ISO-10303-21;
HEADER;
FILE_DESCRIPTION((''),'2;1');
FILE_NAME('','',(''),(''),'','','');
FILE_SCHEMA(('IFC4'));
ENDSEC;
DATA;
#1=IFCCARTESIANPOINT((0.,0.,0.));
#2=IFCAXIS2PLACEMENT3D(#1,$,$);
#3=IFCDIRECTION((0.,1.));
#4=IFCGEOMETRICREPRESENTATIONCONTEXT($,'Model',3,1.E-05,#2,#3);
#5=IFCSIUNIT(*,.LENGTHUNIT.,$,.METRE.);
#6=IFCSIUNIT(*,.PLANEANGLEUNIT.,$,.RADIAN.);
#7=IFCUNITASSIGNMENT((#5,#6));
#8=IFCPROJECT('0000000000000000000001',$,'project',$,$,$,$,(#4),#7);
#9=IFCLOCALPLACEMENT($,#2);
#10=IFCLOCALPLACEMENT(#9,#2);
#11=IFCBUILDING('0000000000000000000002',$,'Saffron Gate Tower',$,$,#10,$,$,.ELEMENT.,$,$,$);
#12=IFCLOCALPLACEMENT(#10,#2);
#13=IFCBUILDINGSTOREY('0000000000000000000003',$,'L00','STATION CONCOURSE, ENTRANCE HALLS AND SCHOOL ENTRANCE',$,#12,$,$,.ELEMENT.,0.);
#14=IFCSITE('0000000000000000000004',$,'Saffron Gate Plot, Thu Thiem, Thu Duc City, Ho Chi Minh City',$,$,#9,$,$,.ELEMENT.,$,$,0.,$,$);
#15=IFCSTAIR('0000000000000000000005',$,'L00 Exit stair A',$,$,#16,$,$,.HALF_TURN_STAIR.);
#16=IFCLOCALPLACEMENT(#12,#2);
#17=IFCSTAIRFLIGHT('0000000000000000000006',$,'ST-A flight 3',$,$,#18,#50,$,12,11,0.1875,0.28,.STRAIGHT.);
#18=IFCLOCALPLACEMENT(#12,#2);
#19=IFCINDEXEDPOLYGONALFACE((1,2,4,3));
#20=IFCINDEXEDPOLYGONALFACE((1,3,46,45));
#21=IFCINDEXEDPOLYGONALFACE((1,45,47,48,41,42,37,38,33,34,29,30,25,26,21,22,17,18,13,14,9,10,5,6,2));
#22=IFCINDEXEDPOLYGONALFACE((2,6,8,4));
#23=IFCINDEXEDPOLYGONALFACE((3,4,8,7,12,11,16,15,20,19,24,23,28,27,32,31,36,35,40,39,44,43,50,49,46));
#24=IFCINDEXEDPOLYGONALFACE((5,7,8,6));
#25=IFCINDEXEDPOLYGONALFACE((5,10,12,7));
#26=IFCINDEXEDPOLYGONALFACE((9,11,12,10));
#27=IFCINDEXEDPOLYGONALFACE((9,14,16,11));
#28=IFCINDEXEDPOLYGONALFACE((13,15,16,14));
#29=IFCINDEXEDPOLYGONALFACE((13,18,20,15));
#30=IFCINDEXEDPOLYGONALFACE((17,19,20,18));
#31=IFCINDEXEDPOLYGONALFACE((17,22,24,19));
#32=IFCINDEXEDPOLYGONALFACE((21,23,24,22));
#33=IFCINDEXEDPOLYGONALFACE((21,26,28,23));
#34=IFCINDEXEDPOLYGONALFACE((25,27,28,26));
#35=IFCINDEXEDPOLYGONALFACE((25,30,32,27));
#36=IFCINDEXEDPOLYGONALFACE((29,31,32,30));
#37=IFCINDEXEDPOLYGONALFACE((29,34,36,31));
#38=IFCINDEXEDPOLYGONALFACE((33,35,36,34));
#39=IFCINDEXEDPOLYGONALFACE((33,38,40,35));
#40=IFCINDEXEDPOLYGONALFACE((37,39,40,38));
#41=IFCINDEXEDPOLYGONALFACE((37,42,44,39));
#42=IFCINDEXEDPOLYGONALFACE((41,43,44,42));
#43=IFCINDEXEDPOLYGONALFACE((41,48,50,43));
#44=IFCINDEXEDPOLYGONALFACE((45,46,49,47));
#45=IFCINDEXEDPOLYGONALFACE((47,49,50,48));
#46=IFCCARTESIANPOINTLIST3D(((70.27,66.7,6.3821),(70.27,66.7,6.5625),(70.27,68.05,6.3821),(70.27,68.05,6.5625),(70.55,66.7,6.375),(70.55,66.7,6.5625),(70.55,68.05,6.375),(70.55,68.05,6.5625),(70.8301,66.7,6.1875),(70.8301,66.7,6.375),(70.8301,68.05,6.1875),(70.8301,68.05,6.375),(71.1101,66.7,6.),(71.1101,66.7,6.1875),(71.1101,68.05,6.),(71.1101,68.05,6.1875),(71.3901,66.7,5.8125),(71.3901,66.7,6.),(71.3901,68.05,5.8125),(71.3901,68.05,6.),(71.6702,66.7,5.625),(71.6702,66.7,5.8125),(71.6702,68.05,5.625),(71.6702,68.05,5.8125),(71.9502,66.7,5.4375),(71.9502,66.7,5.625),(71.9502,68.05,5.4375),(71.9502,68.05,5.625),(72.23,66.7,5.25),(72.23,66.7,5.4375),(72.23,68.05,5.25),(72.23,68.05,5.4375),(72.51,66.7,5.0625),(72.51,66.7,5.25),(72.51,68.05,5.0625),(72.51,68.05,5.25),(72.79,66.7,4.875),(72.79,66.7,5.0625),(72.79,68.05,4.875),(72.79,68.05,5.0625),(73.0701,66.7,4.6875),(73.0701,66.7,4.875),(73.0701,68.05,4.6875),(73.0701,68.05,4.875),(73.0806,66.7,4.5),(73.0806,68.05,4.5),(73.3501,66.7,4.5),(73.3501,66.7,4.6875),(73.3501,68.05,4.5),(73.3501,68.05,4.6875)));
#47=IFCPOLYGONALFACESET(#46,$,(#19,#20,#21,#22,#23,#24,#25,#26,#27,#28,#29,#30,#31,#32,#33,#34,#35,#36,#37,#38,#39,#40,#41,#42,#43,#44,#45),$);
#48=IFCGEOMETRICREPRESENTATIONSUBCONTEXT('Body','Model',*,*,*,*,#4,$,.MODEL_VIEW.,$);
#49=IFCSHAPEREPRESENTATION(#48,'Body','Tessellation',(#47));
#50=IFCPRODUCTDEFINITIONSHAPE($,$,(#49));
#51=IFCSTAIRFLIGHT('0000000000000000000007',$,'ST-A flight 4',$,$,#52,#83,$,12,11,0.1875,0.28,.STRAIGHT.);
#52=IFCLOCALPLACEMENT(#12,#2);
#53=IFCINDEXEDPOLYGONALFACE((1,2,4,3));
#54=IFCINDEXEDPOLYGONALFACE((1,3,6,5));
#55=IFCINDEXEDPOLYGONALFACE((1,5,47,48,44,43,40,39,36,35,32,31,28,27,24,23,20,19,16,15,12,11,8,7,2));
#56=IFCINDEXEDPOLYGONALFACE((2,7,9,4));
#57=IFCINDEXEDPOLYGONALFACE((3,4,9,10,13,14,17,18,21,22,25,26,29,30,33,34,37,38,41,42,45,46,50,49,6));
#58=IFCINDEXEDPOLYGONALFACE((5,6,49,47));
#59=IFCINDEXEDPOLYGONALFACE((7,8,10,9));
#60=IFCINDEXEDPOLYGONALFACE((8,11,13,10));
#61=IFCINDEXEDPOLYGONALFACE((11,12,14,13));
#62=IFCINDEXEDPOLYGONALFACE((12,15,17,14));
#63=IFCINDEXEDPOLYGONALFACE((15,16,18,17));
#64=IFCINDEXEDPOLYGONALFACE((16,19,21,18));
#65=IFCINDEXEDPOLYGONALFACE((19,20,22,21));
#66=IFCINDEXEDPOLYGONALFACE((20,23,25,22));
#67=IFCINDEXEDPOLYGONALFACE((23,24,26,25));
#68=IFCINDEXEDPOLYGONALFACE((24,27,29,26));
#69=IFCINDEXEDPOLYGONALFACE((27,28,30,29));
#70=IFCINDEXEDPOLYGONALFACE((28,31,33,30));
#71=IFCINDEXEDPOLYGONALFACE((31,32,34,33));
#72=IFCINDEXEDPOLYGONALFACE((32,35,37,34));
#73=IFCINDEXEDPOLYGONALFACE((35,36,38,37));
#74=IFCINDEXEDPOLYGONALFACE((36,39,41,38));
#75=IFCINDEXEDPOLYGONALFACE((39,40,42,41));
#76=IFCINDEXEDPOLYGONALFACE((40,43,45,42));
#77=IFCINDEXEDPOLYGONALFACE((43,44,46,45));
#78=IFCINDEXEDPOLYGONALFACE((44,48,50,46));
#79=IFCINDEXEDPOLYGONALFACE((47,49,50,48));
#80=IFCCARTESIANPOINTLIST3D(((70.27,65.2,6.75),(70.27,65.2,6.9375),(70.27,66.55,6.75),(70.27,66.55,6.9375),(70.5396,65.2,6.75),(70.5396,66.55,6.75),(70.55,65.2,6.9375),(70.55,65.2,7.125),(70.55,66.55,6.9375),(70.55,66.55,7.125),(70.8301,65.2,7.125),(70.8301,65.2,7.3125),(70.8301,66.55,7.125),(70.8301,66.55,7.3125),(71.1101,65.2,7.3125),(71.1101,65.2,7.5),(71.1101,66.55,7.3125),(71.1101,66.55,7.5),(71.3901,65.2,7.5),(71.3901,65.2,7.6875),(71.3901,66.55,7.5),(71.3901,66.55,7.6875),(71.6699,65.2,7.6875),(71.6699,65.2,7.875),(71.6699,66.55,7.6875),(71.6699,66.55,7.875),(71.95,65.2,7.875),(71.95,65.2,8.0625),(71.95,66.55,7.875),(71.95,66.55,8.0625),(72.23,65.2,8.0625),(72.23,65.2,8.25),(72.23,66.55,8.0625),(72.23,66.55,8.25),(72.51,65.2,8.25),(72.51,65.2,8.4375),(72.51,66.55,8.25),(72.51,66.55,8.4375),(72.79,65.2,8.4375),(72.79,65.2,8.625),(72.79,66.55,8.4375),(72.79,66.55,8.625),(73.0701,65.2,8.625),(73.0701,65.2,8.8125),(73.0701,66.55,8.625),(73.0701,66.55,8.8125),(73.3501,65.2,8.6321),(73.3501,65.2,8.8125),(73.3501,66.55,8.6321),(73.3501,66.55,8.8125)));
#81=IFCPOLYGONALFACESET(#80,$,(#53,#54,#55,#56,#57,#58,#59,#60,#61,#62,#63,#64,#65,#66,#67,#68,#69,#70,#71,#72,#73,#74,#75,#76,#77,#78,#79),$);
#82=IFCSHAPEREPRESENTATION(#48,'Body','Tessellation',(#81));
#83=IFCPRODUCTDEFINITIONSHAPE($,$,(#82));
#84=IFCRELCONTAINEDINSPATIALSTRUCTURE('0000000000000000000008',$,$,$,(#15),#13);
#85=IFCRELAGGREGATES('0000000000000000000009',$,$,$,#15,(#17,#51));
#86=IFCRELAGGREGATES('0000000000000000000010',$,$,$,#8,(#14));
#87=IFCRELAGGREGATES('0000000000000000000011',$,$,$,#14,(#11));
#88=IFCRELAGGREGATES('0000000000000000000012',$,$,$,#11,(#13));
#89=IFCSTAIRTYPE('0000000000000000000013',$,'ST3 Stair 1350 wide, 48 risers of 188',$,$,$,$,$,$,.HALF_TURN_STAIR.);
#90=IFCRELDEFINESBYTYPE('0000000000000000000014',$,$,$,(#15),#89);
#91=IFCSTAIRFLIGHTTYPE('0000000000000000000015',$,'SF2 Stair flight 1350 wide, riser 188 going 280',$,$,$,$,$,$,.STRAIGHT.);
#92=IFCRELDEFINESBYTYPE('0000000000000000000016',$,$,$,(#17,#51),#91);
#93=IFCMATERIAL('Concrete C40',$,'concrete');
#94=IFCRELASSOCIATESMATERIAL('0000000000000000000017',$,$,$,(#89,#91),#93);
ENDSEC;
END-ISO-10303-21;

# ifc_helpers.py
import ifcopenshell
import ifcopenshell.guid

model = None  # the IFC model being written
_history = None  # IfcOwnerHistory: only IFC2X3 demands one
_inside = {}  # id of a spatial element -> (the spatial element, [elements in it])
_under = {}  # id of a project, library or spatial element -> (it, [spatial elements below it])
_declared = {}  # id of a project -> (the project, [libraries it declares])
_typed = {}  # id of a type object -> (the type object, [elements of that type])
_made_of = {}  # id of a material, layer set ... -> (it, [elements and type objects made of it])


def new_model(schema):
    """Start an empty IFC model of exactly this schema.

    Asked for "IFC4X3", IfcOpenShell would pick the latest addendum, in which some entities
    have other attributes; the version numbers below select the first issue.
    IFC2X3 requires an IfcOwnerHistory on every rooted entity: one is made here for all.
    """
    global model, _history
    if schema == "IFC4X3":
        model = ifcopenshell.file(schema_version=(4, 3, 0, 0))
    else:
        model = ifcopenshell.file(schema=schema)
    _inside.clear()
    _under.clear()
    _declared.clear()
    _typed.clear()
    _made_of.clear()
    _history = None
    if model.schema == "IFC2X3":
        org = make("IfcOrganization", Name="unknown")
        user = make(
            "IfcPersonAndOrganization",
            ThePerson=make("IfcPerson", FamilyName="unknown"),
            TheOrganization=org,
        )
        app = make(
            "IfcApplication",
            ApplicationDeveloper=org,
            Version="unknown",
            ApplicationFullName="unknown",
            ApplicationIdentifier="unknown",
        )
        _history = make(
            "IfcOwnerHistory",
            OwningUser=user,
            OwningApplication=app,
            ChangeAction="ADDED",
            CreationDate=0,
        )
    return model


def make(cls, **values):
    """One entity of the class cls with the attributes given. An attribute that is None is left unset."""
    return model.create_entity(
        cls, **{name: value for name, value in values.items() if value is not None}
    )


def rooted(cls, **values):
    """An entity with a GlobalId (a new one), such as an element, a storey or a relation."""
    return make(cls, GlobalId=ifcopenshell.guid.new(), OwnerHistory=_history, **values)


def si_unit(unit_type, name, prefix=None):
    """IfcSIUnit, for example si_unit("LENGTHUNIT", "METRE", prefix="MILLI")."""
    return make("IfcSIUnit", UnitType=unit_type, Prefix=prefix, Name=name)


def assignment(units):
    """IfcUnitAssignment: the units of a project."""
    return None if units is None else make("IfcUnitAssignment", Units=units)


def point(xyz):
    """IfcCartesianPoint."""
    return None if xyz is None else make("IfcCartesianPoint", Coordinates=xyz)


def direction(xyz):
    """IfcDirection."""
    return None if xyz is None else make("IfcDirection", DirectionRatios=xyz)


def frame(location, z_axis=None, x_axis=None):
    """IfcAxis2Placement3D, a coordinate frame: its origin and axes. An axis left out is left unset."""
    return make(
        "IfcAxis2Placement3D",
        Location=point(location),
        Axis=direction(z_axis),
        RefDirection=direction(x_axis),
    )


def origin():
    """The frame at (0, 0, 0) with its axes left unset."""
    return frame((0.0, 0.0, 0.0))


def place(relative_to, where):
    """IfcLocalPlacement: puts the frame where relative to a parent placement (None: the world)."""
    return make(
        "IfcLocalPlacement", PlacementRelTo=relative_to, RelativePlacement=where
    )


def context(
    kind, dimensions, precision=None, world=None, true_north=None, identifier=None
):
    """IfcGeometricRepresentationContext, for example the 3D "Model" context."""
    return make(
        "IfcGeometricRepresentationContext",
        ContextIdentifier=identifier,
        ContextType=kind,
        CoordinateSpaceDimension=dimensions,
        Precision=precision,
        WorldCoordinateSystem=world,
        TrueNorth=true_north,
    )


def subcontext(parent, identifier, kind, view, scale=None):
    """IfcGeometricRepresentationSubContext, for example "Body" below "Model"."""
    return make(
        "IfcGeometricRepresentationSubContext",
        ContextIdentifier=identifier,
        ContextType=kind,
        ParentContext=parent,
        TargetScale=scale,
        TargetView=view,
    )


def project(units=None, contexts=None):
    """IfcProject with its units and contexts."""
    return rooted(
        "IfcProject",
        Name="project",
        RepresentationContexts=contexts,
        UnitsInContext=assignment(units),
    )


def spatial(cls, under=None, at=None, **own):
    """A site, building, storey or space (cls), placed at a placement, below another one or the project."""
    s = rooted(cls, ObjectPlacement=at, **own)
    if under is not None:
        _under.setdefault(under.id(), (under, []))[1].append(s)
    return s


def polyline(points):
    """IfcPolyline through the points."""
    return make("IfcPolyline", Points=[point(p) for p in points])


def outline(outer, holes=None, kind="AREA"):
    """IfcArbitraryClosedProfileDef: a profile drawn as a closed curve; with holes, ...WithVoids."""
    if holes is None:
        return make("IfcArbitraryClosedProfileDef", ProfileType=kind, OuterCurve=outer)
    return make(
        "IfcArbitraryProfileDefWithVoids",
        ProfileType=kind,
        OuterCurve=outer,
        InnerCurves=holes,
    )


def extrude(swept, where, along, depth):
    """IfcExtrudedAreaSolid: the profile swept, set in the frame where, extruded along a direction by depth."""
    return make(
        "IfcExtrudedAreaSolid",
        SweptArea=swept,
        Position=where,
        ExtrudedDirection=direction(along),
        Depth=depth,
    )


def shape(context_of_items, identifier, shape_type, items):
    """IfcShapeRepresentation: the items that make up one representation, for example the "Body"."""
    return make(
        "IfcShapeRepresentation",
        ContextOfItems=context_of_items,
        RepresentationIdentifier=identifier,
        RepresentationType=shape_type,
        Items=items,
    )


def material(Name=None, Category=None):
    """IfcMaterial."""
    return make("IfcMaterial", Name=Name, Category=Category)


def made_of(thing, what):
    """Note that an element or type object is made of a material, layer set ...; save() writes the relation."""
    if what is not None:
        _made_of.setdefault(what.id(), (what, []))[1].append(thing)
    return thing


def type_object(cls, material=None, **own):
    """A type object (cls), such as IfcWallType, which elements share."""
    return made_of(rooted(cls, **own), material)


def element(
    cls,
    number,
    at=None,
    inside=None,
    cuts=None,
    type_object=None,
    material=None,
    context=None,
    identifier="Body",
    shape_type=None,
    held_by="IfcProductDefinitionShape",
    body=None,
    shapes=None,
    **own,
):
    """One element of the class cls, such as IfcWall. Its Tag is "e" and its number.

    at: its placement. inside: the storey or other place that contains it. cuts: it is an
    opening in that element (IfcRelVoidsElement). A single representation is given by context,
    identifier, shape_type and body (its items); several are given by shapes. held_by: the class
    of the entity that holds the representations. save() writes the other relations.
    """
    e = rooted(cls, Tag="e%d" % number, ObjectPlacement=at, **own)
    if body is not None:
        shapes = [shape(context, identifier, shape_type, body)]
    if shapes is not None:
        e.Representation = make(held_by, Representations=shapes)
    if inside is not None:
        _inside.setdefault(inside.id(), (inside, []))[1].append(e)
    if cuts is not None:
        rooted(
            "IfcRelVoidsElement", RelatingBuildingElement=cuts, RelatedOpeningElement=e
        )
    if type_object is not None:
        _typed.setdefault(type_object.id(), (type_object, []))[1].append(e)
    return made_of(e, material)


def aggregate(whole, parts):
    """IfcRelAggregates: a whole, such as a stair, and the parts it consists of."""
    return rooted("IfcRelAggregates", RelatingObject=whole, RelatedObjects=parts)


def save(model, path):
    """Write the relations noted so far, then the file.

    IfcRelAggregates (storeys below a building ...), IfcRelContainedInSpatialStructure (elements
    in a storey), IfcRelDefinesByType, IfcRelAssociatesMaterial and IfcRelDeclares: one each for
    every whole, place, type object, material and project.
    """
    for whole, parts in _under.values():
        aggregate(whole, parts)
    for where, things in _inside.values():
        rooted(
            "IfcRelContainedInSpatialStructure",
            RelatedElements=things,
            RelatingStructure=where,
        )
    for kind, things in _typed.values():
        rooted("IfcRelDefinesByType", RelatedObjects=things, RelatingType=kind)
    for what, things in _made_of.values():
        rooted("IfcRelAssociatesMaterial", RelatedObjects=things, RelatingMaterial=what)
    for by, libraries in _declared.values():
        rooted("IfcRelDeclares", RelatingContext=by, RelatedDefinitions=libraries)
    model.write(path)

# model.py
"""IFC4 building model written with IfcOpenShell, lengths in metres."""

from ifc_helpers import new_model, si_unit, direction, frame, origin, place, context, subcontext, project, spatial, polyline, outline, extrude, material, type_object, element, aggregate, save


model = new_model("IFC4")

# Units and contexts
model_context = context("Model", 3, precision=1e-05, world=origin(), true_north=direction((0.0, 1.0)))
body_context = subcontext(model_context, "Body", "Model", "MODEL_VIEW")
ifc_project = project(units=[si_unit("LENGTHUNIT", "METRE"), si_unit("PLANEANGLEUNIT", "RADIAN")], contexts=[model_context])

# Site, building, storey
site_placement = place(None, origin())
site = spatial("IfcSite", under=ifc_project, at=site_placement, Name="Saffron Gate Plot, Thu Thiem, Thu Duc City, Ho Chi Minh City", CompositionType="ELEMENT", RefElevation=0.0)
building_placement = place(site_placement, origin())
building = spatial("IfcBuilding", under=site, at=building_placement, Name="Saffron Gate Tower", CompositionType="ELEMENT")
storey_placement = place(building_placement, origin())
storey = spatial("IfcBuildingStorey", under=building, at=storey_placement, Name="L00", Description="STATION CONCOURSE, ENTRANCE HALLS AND SCHOOL ENTRANCE", CompositionType="ELEMENT", Elevation=0.0)

# Stair, stair flights
ifc_material_1 = material(Name="Concrete C40", Category="concrete")
stair_type = type_object("IfcStairType", Name="ST3 Stair 1350 wide, 48 risers of 188", PredefinedType="HALF_TURN_STAIR", material=ifc_material_1)
stair_placement = place(storey_placement, origin())
stair = element("IfcStair", 1, at=stair_placement, inside=storey, type_object=stair_type, Name="L00 Exit stair A", PredefinedType="HALF_TURN_STAIR")
stair_flight_type = type_object("IfcStairFlightType", Name="SF2 Stair flight 1350 wide, riser 188 going 280", PredefinedType="STRAIGHT", material=ifc_material_1)
stair_flight_1_placement = place(storey_placement, frame((73.3501, 67.375, 4.5), z_axis=(0.0, 0.0, 1.0), x_axis=(-1.0, 0.0, 0.0)))
stair_flight_1 = element("IfcStairFlight", 2, at=stair_flight_1_placement, type_object=stair_flight_type, Name="ST-A flight 3", NumberOfRisers=12, NumberOfTreads=11, PredefinedType="STRAIGHT", RiserHeight=0.1875, TreadLength=0.28, context=body_context, shape_type="SweptSolid", body=[
    extrude(outline(polyline([(0.0, 0.0), (0.0, 0.1875), (0.28, 0.1875), (0.28, 0.375), (0.5601, 0.375), (0.5601, 0.5625), (0.8401, 0.5625), (0.8401, 0.75), (1.1201, 0.75), (1.1201, 0.9375), (1.3999, 0.9375), (1.3999, 1.125), (1.6799, 1.125), (1.6799, 1.3125), (1.96, 1.3125), (1.96, 1.5), (2.24, 1.5), (2.24, 1.6875), (2.52, 1.6875), (2.52, 1.875), (2.8, 1.875), (2.8, 2.0625), (3.0801, 2.0625), (3.0801, 2.25), (3.0801, 1.8821), (0.2695, 0.0), (0.0, 0.0)])), frame((0.0, 0.675, 0.0), z_axis=(0.0, -1.0, 0.0), x_axis=(1.0, 0.0, 0.0)), (0.0, 0.0, 1.0), 1.3501),
])
stair_flight_2_placement = place(storey_placement, frame((70.27, 65.875, 6.75), z_axis=(0.0, 0.0, 1.0), x_axis=(1.0, 0.0, 0.0)))
stair_flight_2 = element("IfcStairFlight", 3, at=stair_flight_2_placement, type_object=stair_flight_type, Name="ST-A flight 4", NumberOfRisers=12, NumberOfTreads=11, PredefinedType="STRAIGHT", RiserHeight=0.1875, TreadLength=0.28, context=body_context, shape_type="SweptSolid", body=[
    extrude(outline(polyline([(0.0, 0.0), (0.0, 0.1875), (0.28, 0.1875), (0.28, 0.375), (0.5601, 0.375), (0.5601, 0.5625), (0.8401, 0.5625), (0.8401, 0.75), (1.1201, 0.75), (1.1201, 0.9375), (1.3999, 0.9375), (1.3999, 1.125), (1.6799, 1.125), (1.6799, 1.3125), (1.96, 1.3125), (1.96, 1.5), (2.24, 1.5), (2.24, 1.6875), (2.52, 1.6875), (2.52, 1.875), (2.8, 1.875), (2.8, 2.0625), (3.0801, 2.0625), (3.0801, 2.25), (3.0801, 1.8821), (0.2695, 0.0), (0.0, 0.0)])), frame((0.0, 0.675, 0.0), z_axis=(0.0, -1.0, 0.0), x_axis=(1.0, 0.0, 0.0)), (0.0, 0.0, 1.0), 1.3501),
])
aggregate(stair, [stair_flight_1, stair_flight_2])

save(model, "model.ifc")
